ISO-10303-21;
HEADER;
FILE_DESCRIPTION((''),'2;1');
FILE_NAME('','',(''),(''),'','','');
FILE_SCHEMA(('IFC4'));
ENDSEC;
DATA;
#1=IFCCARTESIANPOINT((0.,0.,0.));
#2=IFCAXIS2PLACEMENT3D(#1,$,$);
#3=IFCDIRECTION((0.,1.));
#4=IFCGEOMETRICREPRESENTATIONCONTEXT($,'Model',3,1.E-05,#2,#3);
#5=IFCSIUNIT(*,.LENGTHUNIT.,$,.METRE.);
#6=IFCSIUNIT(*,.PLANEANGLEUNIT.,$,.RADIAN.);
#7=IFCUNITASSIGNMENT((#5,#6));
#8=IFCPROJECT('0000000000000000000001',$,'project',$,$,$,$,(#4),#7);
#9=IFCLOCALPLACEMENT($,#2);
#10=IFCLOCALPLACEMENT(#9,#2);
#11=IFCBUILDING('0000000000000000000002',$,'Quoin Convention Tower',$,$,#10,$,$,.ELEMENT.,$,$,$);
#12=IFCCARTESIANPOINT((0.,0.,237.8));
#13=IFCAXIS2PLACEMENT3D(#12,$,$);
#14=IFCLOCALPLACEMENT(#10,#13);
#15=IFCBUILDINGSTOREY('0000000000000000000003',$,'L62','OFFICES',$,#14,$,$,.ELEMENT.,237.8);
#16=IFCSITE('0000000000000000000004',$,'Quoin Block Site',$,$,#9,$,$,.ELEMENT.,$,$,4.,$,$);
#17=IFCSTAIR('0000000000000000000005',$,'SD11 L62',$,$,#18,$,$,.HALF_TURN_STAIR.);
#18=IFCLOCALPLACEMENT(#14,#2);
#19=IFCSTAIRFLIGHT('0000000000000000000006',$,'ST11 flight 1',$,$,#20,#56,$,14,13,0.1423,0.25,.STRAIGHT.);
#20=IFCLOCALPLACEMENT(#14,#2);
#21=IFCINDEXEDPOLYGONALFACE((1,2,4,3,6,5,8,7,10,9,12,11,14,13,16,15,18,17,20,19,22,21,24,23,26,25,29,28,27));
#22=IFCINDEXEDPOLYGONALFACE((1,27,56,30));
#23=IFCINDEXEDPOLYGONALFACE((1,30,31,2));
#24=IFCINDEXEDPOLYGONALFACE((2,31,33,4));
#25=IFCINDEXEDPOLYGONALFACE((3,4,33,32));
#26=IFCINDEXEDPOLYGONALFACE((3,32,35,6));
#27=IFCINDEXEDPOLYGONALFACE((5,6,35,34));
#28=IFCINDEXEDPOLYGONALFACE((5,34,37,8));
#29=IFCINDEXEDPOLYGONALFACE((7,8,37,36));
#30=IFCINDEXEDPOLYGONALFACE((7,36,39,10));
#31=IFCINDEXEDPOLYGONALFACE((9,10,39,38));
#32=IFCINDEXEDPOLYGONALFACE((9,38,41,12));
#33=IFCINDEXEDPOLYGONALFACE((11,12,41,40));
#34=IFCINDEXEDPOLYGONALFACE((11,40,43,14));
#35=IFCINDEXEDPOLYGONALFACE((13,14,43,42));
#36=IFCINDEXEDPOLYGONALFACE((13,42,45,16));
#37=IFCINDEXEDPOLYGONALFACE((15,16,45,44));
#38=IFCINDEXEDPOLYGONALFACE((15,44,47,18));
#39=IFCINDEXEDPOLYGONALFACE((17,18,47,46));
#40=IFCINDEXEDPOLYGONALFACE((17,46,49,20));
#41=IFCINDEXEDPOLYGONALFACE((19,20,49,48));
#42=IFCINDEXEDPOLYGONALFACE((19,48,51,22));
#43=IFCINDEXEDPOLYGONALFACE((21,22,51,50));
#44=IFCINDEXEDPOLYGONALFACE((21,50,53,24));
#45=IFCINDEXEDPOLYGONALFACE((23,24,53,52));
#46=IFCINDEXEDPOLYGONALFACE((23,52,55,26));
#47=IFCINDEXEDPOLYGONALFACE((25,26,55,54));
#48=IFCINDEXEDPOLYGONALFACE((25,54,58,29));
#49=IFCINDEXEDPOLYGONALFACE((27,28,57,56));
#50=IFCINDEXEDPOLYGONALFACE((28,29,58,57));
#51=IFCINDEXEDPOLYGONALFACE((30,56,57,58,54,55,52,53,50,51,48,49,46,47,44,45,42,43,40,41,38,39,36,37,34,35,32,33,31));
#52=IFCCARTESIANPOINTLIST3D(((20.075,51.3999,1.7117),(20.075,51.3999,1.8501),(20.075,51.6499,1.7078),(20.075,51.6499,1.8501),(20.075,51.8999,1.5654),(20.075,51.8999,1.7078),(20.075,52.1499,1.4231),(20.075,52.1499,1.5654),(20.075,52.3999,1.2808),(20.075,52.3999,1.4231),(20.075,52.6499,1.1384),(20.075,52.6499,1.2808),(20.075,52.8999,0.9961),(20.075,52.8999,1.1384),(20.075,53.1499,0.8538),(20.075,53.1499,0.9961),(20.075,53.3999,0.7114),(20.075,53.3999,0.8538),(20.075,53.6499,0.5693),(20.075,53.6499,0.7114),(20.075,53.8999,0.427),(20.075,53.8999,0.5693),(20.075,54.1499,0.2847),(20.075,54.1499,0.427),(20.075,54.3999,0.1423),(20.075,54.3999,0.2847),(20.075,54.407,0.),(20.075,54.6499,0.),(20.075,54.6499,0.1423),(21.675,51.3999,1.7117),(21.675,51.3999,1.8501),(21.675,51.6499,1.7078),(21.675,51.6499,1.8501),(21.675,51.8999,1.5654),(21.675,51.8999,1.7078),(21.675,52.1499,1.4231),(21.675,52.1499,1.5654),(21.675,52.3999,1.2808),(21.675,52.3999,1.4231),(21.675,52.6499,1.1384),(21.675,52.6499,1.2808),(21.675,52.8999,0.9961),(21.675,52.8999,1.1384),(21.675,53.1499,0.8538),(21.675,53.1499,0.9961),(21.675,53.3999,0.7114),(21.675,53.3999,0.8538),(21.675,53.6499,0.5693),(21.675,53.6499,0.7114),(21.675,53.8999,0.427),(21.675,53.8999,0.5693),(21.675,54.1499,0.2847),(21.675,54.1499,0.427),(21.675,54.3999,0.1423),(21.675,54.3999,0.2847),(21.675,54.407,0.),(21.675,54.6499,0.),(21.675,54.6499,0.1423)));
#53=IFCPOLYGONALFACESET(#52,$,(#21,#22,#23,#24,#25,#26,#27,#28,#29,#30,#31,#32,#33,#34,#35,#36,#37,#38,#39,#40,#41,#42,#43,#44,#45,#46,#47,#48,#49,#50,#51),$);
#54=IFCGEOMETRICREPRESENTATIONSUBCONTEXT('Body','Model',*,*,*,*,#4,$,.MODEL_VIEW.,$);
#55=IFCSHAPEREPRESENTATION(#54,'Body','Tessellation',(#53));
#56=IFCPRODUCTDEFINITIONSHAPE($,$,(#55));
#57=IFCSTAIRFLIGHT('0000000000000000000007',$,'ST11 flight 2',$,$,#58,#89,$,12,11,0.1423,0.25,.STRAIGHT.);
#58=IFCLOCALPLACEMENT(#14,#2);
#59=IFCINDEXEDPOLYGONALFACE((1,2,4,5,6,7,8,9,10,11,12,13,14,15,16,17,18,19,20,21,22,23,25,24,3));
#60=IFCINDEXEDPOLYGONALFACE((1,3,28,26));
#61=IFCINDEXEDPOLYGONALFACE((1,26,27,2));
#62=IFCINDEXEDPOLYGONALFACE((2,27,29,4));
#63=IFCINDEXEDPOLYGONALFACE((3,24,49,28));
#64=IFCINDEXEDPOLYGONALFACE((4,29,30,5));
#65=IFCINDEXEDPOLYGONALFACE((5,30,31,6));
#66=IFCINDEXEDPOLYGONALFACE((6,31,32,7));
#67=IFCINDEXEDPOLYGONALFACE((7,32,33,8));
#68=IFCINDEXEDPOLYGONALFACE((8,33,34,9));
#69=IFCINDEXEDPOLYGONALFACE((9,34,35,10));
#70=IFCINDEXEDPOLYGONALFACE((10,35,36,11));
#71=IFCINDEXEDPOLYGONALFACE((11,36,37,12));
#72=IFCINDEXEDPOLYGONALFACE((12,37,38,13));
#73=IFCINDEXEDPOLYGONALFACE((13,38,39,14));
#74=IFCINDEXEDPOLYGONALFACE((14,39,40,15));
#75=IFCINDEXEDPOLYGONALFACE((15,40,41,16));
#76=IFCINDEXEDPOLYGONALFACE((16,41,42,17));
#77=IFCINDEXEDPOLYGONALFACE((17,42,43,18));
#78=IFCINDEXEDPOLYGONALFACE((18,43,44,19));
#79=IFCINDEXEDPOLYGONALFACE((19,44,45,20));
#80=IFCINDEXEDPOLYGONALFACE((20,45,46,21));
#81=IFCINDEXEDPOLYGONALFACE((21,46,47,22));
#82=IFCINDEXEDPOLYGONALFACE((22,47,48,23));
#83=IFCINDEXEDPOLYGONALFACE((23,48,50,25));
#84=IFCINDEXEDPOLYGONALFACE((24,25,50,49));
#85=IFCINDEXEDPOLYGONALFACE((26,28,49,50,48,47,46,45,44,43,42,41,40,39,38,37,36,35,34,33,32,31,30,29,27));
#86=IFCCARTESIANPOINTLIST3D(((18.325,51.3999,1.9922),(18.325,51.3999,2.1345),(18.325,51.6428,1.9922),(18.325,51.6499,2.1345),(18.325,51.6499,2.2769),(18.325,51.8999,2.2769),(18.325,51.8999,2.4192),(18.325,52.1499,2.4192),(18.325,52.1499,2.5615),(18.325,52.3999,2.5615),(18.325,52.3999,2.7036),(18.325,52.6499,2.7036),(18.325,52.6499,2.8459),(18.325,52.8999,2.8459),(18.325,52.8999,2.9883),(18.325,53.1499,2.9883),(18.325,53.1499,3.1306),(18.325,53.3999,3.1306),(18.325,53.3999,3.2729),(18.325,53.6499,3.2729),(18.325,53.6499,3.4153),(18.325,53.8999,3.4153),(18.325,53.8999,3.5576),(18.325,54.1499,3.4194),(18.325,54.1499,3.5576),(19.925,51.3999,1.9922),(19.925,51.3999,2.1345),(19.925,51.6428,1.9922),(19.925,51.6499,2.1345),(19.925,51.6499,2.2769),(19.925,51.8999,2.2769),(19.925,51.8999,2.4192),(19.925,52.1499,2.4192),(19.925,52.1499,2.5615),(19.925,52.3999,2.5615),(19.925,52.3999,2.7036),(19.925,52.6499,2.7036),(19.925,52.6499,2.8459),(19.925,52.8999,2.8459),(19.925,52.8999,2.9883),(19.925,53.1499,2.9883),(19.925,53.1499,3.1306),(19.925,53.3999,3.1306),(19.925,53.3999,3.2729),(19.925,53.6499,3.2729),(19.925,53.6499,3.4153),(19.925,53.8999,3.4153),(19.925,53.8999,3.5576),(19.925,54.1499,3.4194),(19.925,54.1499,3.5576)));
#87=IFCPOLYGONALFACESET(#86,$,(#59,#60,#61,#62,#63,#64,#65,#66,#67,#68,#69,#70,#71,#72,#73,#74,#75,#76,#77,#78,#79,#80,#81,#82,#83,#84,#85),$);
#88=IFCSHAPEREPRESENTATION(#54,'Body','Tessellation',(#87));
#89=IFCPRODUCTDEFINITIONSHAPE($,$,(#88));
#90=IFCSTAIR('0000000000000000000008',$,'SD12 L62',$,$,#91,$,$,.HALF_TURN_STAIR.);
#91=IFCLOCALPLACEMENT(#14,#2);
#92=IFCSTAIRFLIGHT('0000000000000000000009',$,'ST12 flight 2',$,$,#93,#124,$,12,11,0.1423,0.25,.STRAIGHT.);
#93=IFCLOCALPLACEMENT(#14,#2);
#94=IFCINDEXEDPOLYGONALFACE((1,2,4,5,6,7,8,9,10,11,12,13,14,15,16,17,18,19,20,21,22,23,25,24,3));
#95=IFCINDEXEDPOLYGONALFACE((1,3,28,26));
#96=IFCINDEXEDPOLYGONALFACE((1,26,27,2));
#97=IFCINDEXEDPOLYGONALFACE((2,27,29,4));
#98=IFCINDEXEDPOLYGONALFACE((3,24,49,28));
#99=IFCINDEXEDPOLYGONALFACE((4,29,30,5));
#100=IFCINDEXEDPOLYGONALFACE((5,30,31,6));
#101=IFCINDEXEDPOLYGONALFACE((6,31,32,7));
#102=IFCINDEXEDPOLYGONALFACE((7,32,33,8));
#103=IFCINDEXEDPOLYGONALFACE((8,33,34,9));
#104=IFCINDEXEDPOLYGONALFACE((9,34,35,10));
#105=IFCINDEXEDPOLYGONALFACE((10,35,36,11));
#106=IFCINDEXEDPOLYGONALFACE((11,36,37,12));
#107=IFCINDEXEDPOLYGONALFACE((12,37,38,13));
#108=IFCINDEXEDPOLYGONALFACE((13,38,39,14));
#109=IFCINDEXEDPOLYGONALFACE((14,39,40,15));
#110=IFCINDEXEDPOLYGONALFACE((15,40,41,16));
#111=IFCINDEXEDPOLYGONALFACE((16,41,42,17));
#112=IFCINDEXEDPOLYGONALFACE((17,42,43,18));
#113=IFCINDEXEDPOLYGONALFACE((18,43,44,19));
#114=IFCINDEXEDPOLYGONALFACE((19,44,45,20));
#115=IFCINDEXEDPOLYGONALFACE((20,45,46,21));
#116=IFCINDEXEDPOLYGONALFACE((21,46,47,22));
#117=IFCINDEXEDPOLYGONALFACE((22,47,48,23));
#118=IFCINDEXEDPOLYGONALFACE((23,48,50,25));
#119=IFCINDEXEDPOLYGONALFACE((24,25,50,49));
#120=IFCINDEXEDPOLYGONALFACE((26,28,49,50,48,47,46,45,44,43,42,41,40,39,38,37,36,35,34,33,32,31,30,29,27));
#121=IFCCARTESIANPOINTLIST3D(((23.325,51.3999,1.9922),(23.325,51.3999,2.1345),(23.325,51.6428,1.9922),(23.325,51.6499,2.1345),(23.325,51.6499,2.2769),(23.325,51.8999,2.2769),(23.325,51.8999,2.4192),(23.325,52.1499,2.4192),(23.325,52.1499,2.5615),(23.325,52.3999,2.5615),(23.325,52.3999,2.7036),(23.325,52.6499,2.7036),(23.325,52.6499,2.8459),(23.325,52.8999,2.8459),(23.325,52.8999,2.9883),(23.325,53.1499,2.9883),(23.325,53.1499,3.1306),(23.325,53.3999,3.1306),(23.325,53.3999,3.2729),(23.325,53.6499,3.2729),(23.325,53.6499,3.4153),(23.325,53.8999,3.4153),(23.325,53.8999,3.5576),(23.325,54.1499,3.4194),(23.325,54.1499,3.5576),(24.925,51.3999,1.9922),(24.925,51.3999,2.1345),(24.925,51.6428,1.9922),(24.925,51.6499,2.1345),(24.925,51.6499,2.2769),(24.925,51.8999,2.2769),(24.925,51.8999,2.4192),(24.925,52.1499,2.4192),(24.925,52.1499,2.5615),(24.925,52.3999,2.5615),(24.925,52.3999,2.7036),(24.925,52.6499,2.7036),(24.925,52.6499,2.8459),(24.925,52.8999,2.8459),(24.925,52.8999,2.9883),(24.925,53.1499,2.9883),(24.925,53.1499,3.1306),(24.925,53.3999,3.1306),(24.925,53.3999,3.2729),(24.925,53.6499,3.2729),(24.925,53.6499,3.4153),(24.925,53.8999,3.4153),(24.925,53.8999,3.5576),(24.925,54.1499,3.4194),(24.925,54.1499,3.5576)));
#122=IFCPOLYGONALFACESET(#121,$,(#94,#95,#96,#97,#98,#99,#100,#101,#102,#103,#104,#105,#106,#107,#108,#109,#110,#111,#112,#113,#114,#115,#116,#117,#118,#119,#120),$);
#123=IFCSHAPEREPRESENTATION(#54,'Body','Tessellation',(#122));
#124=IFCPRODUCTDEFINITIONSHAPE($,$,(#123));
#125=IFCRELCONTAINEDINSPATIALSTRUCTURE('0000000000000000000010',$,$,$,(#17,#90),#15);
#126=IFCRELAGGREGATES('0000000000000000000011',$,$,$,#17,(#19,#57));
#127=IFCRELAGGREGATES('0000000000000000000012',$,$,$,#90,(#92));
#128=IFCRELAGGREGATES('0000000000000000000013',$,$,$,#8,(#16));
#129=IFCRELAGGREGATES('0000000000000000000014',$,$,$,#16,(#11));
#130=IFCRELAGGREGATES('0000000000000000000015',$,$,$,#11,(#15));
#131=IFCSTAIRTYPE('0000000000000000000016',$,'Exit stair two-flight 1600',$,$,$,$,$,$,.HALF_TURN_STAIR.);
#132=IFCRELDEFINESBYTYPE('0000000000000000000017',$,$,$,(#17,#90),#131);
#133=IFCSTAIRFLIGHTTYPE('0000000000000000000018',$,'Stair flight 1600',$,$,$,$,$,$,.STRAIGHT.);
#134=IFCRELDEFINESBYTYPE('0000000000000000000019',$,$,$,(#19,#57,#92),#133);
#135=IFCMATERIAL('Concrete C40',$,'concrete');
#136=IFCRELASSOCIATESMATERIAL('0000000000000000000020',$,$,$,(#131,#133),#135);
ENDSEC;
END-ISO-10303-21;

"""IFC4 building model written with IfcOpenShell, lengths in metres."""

from ifc_helpers import new_model, si_unit, direction, frame, origin, place, context, subcontext, project, spatial, polyline, outline, extrude, material, type_object, element, aggregate, save


model = new_model("IFC4")

# Units and contexts
model_context = context("Model", 3, precision=1e-05, world=origin(), true_north=direction((0.0, 1.0)))
body_context = subcontext(model_context, "Body", "Model", "MODEL_VIEW")
ifc_project = project(units=[si_unit("LENGTHUNIT", "METRE"), si_unit("PLANEANGLEUNIT", "RADIAN")], contexts=[model_context])

# Site, building, storey
site_placement = place(None, origin())
site = spatial("IfcSite", under=ifc_project, at=site_placement, Name="Quoin Block Site", CompositionType="ELEMENT", RefElevation=4.0)
building_placement = place(site_placement, origin())
building = spatial("IfcBuilding", under=site, at=building_placement, Name="Quoin Convention Tower", CompositionType="ELEMENT")
storey_placement = place(building_placement, frame((0.0, 0.0, 237.8)))
storey = spatial("IfcBuildingStorey", under=building, at=storey_placement, Name="L62", Description="OFFICES", CompositionType="ELEMENT", Elevation=237.8)

# Stair, stair flights
ifc_material_1 = material(Name="Concrete C40", Category="concrete")
stair_type = type_object("IfcStairType", Name="Exit stair two-flight 1600", PredefinedType="HALF_TURN_STAIR", material=ifc_material_1)
stair_1_placement = place(storey_placement, origin())
stair_1 = element("IfcStair", 1, at=stair_1_placement, inside=storey, type_object=stair_type, Name="SD11 L62", PredefinedType="HALF_TURN_STAIR")
stair_flight_type = type_object("IfcStairFlightType", Name="Stair flight 1600", PredefinedType="STRAIGHT", material=ifc_material_1)
stair_flight_1_placement = place(storey_placement, frame((20.875, 54.6499, 0.0), z_axis=(0.0, 0.0, 1.0), x_axis=(0.0, -1.0, 0.0)))
stair_flight_1 = element("IfcStairFlight", 2, at=stair_flight_1_placement, type_object=stair_flight_type, Name="ST11 flight 1", NumberOfRisers=14, NumberOfTreads=13, PredefinedType="STRAIGHT", RiserHeight=0.1423, TreadLength=0.25, context=body_context, shape_type="SweptSolid", body=[
    extrude(outline(polyline([(0.0, 0.0), (0.0, 0.1423), (0.25, 0.1423), (0.25, 0.2847), (0.5, 0.2847), (0.5, 0.427), (0.75, 0.427), (0.75, 0.5693), (1.0, 0.5693), (1.0, 0.7114), (1.25, 0.7114), (1.25, 0.8538), (1.5, 0.8538), (1.5, 0.9961), (1.75, 0.9961), (1.75, 1.1384), (2.0, 1.1384), (2.0, 1.2808), (2.25, 1.2808), (2.25, 1.4231), (2.5, 1.4231), (2.5, 1.5654), (2.75, 1.5654), (2.75, 1.7078), (3.0, 1.7078), (3.0, 1.8501), (3.25, 1.8501), (3.25, 1.9922), (3.25, 1.7117), (0.2429, 0.0), (0.0, 0.0)])), frame((0.0, 0.8, 0.0), z_axis=(0.0, -1.0, 0.0), x_axis=(1.0, 0.0, 0.0)), (0.0, 0.0, 1.0), 1.6001),
])
stair_flight_2_placement = place(storey_placement, frame((19.125, 51.3999, 1.9922), z_axis=(0.0, 0.0, 1.0), x_axis=(0.0, 1.0, 0.0)))
stair_flight_2 = element("IfcStairFlight", 3, at=stair_flight_2_placement, type_object=stair_flight_type, Name="ST11 flight 2", NumberOfRisers=12, NumberOfTreads=11, PredefinedType="STRAIGHT", RiserHeight=0.1423, TreadLength=0.25, context=body_context, shape_type="SweptSolid", body=[
    extrude(outline(polyline([(0.0, 0.0), (0.0, 0.1423), (0.25, 0.1423), (0.25, 0.2847), (0.5, 0.2847), (0.5, 0.427), (0.75, 0.427), (0.75, 0.5693), (1.0, 0.5693), (1.0, 0.7114), (1.25, 0.7114), (1.25, 0.8538), (1.5, 0.8538), (1.5, 0.9961), (1.75, 0.9961), (1.75, 1.1384), (2.0, 1.1384), (2.0, 1.2808), (2.25, 1.2808), (2.25, 1.4231), (2.5, 1.4231), (2.5, 1.5654), (2.75, 1.5654), (2.75, 1.7078), (2.75, 1.4272), (0.2429, 0.0), (0.0, 0.0)])), frame((0.0, 0.8, 0.0), z_axis=(0.0, -1.0, 0.0), x_axis=(1.0, 0.0, 0.0)), (0.0, 0.0, 1.0), 1.6001),
])
aggregate(stair_1, [stair_flight_1, stair_flight_2])

# Stair, stair flight
stair_2_placement = place(storey_placement, origin())
stair_2 = element("IfcStair", 4, at=stair_2_placement, inside=storey, type_object=stair_type, Name="SD12 L62", PredefinedType="HALF_TURN_STAIR")
stair_flight_3_placement = place(storey_placement, frame((24.125, 51.3999, 1.9922), z_axis=(0.0, 0.0, 1.0), x_axis=(0.0, 1.0, 0.0)))
stair_flight_3 = element("IfcStairFlight", 5, at=stair_flight_3_placement, type_object=stair_flight_type, Name="ST12 flight 2", NumberOfRisers=12, NumberOfTreads=11, PredefinedType="STRAIGHT", RiserHeight=0.1423, TreadLength=0.25, context=body_context, shape_type="SweptSolid", body=[
    extrude(outline(polyline([(0.0, 0.0), (0.0, 0.1423), (0.25, 0.1423), (0.25, 0.2847), (0.5, 0.2847), (0.5, 0.427), (0.75, 0.427), (0.75, 0.5693), (1.0, 0.5693), (1.0, 0.7114), (1.25, 0.7114), (1.25, 0.8538), (1.5, 0.8538), (1.5, 0.9961), (1.75, 0.9961), (1.75, 1.1384), (2.0, 1.1384), (2.0, 1.2808), (2.25, 1.2808), (2.25, 1.4231), (2.5, 1.4231), (2.5, 1.5654), (2.75, 1.5654), (2.75, 1.7078), (2.75, 1.4272), (0.2429, 0.0), (0.0, 0.0)])), frame((0.0, 0.8, 0.0), z_axis=(0.0, -1.0, 0.0), x_axis=(1.0, 0.0, 0.0)), (0.0, 0.0, 1.0), 1.6001),
])
aggregate(stair_2, [stair_flight_3])

save(model, "model.ifc")
